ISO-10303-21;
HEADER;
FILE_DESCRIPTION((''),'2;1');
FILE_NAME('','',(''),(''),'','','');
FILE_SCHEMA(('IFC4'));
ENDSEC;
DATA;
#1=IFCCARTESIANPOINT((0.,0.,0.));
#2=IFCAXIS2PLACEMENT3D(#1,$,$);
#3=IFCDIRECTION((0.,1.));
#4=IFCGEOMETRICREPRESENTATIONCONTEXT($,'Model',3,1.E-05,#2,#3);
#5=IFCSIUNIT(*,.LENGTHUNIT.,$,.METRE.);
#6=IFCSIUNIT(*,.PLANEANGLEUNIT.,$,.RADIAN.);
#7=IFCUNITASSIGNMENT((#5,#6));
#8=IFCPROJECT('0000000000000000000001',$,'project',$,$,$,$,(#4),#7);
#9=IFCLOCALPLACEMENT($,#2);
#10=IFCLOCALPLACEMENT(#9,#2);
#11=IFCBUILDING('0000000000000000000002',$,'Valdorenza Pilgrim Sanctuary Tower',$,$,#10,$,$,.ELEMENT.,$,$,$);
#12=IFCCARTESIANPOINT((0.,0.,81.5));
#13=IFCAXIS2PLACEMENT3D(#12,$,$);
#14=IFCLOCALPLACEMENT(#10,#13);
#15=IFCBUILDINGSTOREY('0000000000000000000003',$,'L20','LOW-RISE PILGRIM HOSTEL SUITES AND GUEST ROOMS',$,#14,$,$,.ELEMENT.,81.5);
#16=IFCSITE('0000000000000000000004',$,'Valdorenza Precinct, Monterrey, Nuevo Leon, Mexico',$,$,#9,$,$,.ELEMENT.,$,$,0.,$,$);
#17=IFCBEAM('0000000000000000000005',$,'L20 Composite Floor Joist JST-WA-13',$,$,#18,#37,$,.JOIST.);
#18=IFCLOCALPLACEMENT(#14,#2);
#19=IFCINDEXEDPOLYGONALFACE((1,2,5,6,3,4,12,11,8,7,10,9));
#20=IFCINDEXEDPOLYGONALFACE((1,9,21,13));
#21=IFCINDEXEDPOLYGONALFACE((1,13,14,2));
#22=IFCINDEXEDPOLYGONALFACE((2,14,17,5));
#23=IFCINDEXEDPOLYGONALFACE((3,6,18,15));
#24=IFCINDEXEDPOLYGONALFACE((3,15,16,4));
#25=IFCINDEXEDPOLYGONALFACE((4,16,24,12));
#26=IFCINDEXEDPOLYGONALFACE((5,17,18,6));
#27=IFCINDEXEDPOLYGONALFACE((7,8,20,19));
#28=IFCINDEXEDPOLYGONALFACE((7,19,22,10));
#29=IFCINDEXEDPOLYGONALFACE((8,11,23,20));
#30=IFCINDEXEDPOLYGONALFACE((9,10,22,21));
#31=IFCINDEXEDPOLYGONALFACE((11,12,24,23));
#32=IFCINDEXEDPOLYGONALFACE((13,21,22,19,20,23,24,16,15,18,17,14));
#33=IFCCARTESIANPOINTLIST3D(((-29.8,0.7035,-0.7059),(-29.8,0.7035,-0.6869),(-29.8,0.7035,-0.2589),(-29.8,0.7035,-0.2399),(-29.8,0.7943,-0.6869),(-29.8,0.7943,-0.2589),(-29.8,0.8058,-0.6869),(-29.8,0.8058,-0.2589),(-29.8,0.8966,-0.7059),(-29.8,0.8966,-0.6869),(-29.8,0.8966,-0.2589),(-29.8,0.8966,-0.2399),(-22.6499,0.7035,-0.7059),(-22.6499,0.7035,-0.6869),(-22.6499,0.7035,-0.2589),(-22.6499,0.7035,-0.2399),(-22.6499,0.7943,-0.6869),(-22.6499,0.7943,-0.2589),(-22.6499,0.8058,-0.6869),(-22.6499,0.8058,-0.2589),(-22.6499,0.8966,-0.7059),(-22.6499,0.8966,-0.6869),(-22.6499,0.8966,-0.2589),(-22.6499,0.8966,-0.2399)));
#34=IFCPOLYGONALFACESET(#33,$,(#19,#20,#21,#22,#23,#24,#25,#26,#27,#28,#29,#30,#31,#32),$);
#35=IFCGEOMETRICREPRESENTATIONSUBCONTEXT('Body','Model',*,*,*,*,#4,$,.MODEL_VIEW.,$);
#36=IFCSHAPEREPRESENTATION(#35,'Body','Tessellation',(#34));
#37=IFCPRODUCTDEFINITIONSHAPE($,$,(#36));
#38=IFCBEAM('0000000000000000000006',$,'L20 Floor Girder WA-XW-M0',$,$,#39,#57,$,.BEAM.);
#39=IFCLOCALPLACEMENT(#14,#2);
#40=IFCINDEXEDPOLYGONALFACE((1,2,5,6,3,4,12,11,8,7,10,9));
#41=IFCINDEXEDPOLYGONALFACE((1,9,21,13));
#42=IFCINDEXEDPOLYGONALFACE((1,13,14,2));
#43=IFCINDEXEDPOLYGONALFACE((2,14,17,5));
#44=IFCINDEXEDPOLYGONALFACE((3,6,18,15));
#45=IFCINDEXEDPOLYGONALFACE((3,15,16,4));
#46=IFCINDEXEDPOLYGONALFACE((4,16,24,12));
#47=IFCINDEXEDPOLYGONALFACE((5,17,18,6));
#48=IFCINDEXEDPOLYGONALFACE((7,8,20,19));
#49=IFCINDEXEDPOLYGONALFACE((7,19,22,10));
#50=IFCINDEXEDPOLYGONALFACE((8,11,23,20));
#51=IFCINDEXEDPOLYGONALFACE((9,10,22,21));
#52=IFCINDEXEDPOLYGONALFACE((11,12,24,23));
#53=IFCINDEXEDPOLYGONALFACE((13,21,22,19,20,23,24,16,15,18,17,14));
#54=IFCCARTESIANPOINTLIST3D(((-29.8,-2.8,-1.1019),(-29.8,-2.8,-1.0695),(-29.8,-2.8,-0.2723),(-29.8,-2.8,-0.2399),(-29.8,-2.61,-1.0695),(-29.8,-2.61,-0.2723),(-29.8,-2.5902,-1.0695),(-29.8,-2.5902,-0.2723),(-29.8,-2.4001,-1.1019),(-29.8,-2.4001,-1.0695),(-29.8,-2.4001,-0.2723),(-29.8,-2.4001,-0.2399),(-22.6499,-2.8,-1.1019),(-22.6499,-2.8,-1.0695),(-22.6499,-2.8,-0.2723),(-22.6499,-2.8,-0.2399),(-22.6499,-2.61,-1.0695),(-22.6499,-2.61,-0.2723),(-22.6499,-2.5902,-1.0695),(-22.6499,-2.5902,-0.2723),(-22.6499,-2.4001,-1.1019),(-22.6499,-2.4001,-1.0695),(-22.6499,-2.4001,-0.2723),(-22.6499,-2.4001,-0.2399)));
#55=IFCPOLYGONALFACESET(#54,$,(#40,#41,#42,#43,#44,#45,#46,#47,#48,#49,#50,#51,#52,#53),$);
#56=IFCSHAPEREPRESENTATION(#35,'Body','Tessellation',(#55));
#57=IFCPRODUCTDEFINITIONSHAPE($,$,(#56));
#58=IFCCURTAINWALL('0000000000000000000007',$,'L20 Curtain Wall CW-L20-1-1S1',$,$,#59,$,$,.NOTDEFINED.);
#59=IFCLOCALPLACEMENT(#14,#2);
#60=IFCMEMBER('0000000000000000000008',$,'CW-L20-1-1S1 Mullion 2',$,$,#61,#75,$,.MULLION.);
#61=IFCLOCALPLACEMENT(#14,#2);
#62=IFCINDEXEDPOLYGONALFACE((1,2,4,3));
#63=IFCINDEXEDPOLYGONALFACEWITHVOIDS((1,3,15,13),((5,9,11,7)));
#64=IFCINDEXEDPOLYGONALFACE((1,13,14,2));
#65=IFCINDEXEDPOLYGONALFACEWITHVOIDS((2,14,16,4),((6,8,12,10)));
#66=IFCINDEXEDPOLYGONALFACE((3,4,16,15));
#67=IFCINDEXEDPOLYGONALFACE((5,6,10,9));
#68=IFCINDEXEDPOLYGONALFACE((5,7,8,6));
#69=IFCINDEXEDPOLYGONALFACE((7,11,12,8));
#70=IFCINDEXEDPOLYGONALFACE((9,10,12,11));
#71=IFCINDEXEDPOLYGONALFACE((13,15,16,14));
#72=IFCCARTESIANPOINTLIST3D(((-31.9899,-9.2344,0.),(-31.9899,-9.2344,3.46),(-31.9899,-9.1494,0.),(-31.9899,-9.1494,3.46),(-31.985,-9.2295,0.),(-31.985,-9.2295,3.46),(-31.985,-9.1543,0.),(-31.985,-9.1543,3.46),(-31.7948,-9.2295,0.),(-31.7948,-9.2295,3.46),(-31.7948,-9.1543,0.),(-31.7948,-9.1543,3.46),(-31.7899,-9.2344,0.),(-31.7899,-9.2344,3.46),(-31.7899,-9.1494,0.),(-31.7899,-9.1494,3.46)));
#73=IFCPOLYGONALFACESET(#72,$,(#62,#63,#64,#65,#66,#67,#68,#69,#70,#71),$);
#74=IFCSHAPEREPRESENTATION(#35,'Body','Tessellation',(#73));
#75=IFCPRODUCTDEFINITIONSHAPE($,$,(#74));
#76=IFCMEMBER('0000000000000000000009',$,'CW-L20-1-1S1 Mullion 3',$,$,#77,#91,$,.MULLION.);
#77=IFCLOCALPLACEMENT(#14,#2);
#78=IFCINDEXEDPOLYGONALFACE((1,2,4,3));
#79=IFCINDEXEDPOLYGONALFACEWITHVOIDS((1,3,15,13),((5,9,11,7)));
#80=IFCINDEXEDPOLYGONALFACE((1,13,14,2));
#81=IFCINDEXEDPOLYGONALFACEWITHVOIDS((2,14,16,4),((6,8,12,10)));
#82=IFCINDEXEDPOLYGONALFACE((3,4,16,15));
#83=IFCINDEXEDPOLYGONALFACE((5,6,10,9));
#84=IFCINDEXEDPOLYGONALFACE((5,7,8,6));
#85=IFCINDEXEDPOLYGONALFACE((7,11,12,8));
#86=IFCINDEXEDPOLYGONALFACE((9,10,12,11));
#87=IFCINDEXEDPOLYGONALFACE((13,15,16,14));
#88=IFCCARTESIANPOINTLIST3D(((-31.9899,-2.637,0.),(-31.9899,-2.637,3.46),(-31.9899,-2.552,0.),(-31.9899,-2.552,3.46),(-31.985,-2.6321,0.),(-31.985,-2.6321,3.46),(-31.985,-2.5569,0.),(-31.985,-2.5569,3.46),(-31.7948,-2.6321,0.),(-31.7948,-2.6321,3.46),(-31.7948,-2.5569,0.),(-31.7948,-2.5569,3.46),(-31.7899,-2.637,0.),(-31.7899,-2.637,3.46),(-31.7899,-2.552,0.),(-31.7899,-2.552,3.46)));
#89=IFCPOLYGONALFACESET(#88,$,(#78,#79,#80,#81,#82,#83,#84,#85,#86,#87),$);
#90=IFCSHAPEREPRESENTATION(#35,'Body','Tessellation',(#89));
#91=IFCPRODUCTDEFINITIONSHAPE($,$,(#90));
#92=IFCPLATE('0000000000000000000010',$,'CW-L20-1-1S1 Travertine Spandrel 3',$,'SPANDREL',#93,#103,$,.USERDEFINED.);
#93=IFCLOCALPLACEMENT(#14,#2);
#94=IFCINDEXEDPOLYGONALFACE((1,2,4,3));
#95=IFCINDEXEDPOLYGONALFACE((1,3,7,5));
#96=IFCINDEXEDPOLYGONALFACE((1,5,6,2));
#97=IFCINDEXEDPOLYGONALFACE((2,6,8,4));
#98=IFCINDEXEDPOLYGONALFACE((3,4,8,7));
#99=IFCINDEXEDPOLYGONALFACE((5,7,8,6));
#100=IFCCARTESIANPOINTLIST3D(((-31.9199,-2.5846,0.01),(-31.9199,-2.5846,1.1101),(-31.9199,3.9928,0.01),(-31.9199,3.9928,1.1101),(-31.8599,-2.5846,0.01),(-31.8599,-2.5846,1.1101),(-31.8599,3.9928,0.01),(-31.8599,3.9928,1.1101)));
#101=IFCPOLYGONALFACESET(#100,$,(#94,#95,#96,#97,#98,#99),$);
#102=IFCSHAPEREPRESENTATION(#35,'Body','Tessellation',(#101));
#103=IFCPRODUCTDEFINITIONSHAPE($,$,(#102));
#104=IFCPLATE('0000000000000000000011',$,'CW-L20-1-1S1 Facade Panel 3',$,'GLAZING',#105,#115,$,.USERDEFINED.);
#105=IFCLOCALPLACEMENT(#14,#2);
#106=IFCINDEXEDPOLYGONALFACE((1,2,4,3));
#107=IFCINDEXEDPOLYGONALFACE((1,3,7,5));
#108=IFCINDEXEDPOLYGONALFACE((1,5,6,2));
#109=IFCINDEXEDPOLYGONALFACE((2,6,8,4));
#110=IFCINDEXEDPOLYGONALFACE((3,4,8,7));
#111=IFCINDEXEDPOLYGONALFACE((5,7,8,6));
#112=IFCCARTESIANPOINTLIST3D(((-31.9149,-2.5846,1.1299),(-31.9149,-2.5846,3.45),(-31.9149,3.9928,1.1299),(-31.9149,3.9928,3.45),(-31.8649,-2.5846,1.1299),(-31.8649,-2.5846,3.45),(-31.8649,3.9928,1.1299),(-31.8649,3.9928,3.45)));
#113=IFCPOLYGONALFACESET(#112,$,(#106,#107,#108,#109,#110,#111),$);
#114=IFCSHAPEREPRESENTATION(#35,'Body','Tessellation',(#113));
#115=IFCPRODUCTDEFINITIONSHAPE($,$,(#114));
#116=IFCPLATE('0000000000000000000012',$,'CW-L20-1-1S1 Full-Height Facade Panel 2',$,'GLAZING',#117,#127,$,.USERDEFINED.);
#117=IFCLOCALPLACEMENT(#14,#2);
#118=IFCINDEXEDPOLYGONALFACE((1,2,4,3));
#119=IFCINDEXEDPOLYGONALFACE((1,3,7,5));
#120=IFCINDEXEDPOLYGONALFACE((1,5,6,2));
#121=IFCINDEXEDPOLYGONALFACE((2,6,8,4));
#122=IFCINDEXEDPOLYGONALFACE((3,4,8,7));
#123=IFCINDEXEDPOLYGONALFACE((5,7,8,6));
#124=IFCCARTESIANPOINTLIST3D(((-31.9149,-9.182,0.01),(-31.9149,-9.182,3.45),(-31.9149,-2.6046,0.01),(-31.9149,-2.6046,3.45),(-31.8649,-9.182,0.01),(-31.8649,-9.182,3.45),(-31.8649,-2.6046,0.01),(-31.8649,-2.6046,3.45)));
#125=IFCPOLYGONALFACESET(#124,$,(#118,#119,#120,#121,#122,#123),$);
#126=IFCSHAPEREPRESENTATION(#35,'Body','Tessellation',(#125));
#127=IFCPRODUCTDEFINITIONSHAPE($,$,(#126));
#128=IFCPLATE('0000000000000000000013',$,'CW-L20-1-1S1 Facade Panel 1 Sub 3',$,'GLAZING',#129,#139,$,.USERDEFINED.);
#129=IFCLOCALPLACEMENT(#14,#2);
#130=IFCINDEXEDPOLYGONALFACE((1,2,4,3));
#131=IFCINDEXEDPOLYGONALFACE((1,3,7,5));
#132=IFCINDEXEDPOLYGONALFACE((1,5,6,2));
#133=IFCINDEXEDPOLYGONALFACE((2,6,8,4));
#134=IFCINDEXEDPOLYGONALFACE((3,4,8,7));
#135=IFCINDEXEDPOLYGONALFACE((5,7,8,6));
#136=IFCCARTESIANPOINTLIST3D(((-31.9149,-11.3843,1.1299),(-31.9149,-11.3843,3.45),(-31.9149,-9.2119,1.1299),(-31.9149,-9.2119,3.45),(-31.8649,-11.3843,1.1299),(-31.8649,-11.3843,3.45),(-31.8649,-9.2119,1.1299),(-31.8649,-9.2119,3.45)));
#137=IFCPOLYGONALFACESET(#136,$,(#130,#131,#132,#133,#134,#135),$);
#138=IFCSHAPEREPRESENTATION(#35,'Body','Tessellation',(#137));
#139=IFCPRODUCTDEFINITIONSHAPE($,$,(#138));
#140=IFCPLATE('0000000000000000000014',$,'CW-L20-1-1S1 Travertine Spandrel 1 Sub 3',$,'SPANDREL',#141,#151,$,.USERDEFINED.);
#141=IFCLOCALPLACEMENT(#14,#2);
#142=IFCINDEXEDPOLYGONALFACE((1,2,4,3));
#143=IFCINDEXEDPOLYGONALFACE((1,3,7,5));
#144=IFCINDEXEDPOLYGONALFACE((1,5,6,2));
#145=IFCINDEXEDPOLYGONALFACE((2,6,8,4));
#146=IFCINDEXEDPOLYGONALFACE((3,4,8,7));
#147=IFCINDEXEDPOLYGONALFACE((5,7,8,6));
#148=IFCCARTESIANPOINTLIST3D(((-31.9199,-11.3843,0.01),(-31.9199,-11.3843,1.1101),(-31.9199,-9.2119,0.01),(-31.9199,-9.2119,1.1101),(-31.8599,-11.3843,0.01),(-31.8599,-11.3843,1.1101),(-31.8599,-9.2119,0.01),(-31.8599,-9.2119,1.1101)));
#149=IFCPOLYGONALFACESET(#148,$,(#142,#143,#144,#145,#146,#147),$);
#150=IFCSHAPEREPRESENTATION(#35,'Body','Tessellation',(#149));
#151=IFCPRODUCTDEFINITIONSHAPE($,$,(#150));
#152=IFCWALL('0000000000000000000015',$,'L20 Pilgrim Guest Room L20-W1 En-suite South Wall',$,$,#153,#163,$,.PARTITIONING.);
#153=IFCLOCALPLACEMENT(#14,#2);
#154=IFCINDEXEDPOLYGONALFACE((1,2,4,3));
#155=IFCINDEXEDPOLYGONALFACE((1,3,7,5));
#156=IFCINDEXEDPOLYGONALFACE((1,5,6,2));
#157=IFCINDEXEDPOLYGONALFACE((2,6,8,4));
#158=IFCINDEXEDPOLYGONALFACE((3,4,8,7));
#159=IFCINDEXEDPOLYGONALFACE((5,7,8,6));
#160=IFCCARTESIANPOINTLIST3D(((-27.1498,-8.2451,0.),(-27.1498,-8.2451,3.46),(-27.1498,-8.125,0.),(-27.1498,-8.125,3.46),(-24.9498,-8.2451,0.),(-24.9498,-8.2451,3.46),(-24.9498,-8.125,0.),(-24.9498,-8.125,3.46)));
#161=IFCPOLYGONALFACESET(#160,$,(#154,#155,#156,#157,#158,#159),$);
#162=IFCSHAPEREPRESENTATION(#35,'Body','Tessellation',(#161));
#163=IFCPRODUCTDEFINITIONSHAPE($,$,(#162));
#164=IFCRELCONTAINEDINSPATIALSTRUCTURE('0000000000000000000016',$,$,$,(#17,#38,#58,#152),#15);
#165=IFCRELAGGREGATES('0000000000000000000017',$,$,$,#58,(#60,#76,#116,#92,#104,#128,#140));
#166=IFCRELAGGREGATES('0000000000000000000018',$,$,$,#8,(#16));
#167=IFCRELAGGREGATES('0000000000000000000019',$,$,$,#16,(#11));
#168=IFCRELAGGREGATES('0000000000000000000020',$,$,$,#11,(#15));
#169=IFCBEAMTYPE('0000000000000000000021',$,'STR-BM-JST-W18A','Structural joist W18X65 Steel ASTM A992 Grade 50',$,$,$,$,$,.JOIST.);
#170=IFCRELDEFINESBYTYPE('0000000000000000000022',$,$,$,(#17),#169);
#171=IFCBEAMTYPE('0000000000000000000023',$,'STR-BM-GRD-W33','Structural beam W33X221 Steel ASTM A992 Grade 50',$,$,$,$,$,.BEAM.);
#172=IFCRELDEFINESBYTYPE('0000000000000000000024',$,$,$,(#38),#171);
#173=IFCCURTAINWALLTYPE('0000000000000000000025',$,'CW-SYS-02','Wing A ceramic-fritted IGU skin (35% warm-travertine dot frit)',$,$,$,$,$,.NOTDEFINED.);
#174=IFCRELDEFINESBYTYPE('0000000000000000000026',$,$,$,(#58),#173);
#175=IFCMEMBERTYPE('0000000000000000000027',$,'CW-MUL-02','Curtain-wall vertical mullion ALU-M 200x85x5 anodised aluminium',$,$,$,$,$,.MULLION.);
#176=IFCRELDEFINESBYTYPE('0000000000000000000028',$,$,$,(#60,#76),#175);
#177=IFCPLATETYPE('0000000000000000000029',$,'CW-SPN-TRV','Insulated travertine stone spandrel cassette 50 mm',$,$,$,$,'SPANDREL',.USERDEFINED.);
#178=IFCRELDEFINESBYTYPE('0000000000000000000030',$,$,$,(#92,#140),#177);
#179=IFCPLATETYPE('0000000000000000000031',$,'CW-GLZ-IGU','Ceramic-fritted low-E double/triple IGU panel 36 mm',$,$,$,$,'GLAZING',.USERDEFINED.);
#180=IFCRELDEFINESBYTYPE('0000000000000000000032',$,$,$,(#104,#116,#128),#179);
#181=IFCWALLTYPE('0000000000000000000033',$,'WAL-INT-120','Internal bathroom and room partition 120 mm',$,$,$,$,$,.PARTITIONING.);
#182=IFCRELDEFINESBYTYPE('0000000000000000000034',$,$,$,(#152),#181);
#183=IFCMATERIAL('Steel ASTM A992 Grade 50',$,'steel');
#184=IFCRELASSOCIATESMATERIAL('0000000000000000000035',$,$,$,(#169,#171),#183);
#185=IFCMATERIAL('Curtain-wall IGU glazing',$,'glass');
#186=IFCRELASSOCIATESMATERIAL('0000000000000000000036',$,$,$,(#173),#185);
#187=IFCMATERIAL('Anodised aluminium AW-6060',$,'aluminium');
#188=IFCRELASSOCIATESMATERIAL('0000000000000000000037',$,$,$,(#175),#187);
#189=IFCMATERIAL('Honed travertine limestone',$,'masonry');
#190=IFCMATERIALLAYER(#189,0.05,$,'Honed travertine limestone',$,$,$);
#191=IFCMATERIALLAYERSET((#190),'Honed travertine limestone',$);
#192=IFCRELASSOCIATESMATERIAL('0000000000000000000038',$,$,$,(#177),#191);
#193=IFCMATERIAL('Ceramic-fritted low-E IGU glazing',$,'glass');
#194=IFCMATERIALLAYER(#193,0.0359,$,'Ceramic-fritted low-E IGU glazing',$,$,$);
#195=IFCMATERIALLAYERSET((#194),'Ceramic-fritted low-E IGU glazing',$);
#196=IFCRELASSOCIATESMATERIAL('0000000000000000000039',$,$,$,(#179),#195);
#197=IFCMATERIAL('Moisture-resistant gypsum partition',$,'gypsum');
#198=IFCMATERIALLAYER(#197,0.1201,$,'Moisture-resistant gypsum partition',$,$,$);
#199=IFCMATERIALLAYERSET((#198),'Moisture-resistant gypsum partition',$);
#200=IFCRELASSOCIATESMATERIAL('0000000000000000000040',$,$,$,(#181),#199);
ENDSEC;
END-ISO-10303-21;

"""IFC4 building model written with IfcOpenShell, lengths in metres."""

from ifc_helpers import new_model, si_unit, direction, frame, frame_2d, origin, origin_2d, place, context, subcontext, project, spatial, rectangle, hollow_rectangle, i_section, extrude, source, transform, mapped, material, layer, layer_set, material_profile, profile_set, type_object, element, aggregate, save


model = new_model("IFC4")

# Units and contexts
model_context = context("Model", 3, precision=1e-05, world=origin(), true_north=direction((0.0, 1.0)))
body_context = subcontext(model_context, "Body", "Model", "MODEL_VIEW")
ifc_project = project(units=[si_unit("LENGTHUNIT", "METRE"), si_unit("PLANEANGLEUNIT", "RADIAN")], contexts=[model_context])

# Site, building, storey
site_placement = place(None, origin())
site = spatial("IfcSite", under=ifc_project, at=site_placement, Name="Valdorenza Precinct, Monterrey, Nuevo Leon, Mexico", CompositionType="ELEMENT", RefElevation=0.0)
building_placement = place(site_placement, origin())
building = spatial("IfcBuilding", under=site, at=building_placement, Name="Valdorenza Pilgrim Sanctuary Tower", CompositionType="ELEMENT")
storey_placement = place(building_placement, frame((0.0, 0.0, 81.5)))
storey = spatial("IfcBuildingStorey", under=building, at=storey_placement, Name="L20", Description="LOW-RISE PILGRIM HOSTEL SUITES AND GUEST ROOMS", CompositionType="ELEMENT", Elevation=81.5)

# Beams
ifc_material_1 = material(Name="Steel ASTM A992 Grade 50", Category="steel")
ifc_material_profile_1 = material_profile(ifc_material_1, i_section(OverallWidth=0.1931, OverallDepth=0.4661, WebThickness=0.0115, FlangeThickness=0.019, at=origin_2d()), Name="W18X65")
ifc_profile_set_1 = profile_set([ifc_material_profile_1], Name="Steel ASTM A992 Grade 50")
beam_type_1 = type_object("IfcBeamType", Name="STR-BM-JST-W18A", Description="Structural joist W18X65 Steel ASTM A992 Grade 50", PredefinedType="JOIST", material=ifc_profile_set_1)
shared_shape_1 = source(origin(), body_context, "Body", "SweptSolid", [
    extrude(i_section(OverallWidth=0.1931, OverallDepth=0.4661, WebThickness=0.0115, FlangeThickness=0.019, at=origin_2d()), origin(), (0.0, 0.0, 1.0), 7.1501),
])
for number, where, z_axis, x_axis, name in (
    (1, (-29.8, 0.8, -0.4729), (1.0, 0.0, 0.0), (0.0, 1.0, 0.0), "L20 Composite Floor Joist JST-WA-13"),
):
    element("IfcBeam", number, at=place(storey_placement, frame(where, z_axis=z_axis, x_axis=x_axis)), inside=storey, type_object=beam_type_1, Name=name, PredefinedType="JOIST", context=body_context, shape_type="MappedRepresentation", body=[
        mapped(shared_shape_1, transform((0.0, 0.0, 0.0), x_axis=(1.0, 0.0, 0.0), y_axis=(0.0, 1.0, 0.0), z_axis=(0.0, 0.0, 1.0), scale=1.0)),
    ])
ifc_material_profile_2 = material_profile(ifc_material_1, i_section(OverallWidth=0.3999, OverallDepth=0.8621, WebThickness=0.0198, FlangeThickness=0.0325, at=origin_2d()), Name="W33X221")
ifc_profile_set_2 = profile_set([ifc_material_profile_2], Name="Steel ASTM A992 Grade 50")
beam_type_2 = type_object("IfcBeamType", Name="STR-BM-GRD-W33", Description="Structural beam W33X221 Steel ASTM A992 Grade 50", PredefinedType="BEAM", material=ifc_profile_set_2)
shared_shape_2 = source(origin(), body_context, "Body", "SweptSolid", [
    extrude(i_section(OverallWidth=0.3999, OverallDepth=0.8621, WebThickness=0.0198, FlangeThickness=0.0325, at=origin_2d()), origin(), (0.0, 0.0, 1.0), 7.1501),
])
beam_1_placement = place(storey_placement, frame((-29.8, -2.6001, -0.6709), z_axis=(1.0, 0.0, 0.0), x_axis=(0.0, 1.0, 0.0)))
element("IfcBeam", 2, at=beam_1_placement, inside=storey, type_object=beam_type_2, Name="L20 Floor Girder WA-XW-M0", PredefinedType="BEAM", context=body_context, shape_type="MappedRepresentation", body=[
    mapped(shared_shape_2, transform((0.0, 0.0, 0.0), x_axis=(1.0, 0.0, 0.0), y_axis=(0.0, 1.0, 0.0), z_axis=(0.0, 0.0, 1.0), scale=1.0)),
])

# Curtain wall, members, plates
ifc_material_2 = material(Name="Curtain-wall IGU glazing", Category="glass")
curtain_wall_type = type_object("IfcCurtainWallType", Name="CW-SYS-02", Description="Wing A ceramic-fritted IGU skin (35% warm-travertine dot frit)", PredefinedType="NOTDEFINED", material=ifc_material_2)
curtain_wall_placement = place(storey_placement, origin())
curtain_wall = element("IfcCurtainWall", 3, at=curtain_wall_placement, inside=storey, type_object=curtain_wall_type, Name="L20 Curtain Wall CW-L20-1-1S1", PredefinedType="NOTDEFINED")
ifc_material_3 = material(Name="Anodised aluminium AW-6060", Category="aluminium")
ifc_material_profile_3 = material_profile(ifc_material_3, hollow_rectangle(XDim=0.085, YDim=0.2, WallThickness=0.0049, at=origin_2d()), Name="ALU-M 200x85x5")
ifc_profile_set_3 = profile_set([ifc_material_profile_3], Name="Anodised aluminium AW-6060")
member_type = type_object("IfcMemberType", Name="CW-MUL-02", Description="Curtain-wall vertical mullion ALU-M 200x85x5 anodised aluminium", PredefinedType="MULLION", material=ifc_profile_set_3)
shared_shape_3 = source(origin(), body_context, "Body", "SweptSolid", [
    extrude(hollow_rectangle(XDim=0.085, YDim=0.2, WallThickness=0.0049, at=origin_2d()), origin(), (0.0, 0.0, 1.0), 3.46),
])
member_1_placement = place(storey_placement, frame((-31.8899, -9.1919, 0.0), z_axis=(0.0, 0.0, 1.0), x_axis=(0.0, 1.0, 0.0)))
member_1 = element("IfcMember", 4, at=member_1_placement, type_object=member_type, Name="CW-L20-1-1S1 Mullion 2", PredefinedType="MULLION", context=body_context, shape_type="MappedRepresentation", body=[
    mapped(shared_shape_3, transform((0.0, 0.0, 0.0), x_axis=(1.0, 0.0, 0.0), y_axis=(0.0, 1.0, 0.0), z_axis=(0.0, 0.0, 1.0), scale=1.0)),
])
member_2_placement = place(storey_placement, frame((-31.8899, -2.5945, 0.0), z_axis=(0.0, 0.0, 1.0), x_axis=(0.0, 1.0, 0.0)))
member_2 = element("IfcMember", 5, at=member_2_placement, type_object=member_type, Name="CW-L20-1-1S1 Mullion 3", PredefinedType="MULLION", context=body_context, shape_type="MappedRepresentation", body=[
    mapped(shared_shape_3, transform((0.0, 0.0, 0.0), x_axis=(1.0, 0.0, 0.0), y_axis=(0.0, 1.0, 0.0), z_axis=(0.0, 0.0, 1.0), scale=1.0)),
])
ifc_material_4 = material(Name="Honed travertine limestone", Category="masonry")
ifc_layer_1 = layer(ifc_material_4, 0.05, Name="Honed travertine limestone")
ifc_layer_set_1 = layer_set([ifc_layer_1], Name="Honed travertine limestone")
plate_type_1 = type_object("IfcPlateType", Name="CW-SPN-TRV", Description="Insulated travertine stone spandrel cassette 50 mm", ElementType="SPANDREL", PredefinedType="USERDEFINED", material=ifc_layer_set_1)
shared_shape_4 = source(origin(), body_context, "Body", "SweptSolid", [
    extrude(rectangle(XDim=6.5774, YDim=0.0601, at=origin_2d()), origin(), (0.0, 0.0, 1.0), 1.1001),
])
plate_1_placement = place(storey_placement, frame((-31.8899, 0.7041, 0.01), z_axis=(0.0, 0.0, 1.0), x_axis=(0.0, 1.0, 0.0)))
plate_1 = element("IfcPlate", 6, at=plate_1_placement, type_object=plate_type_1, Name="CW-L20-1-1S1 Travertine Spandrel 3", ObjectType="SPANDREL", PredefinedType="USERDEFINED", context=body_context, shape_type="MappedRepresentation", body=[
    mapped(shared_shape_4, transform((0.0, 0.0, 0.0), x_axis=(1.0, 0.0, 0.0), y_axis=(0.0, 1.0, 0.0), z_axis=(0.0, 0.0, 1.0), scale=1.0)),
])
ifc_material_5 = material(Name="Ceramic-fritted low-E IGU glazing", Category="glass")
ifc_layer_2 = layer(ifc_material_5, 0.0359, Name="Ceramic-fritted low-E IGU glazing")
ifc_layer_set_2 = layer_set([ifc_layer_2], Name="Ceramic-fritted low-E IGU glazing")
plate_type_2 = type_object("IfcPlateType", Name="CW-GLZ-IGU", Description="Ceramic-fritted low-E double/triple IGU panel 36 mm", ElementType="GLAZING", PredefinedType="USERDEFINED", material=ifc_layer_set_2)
shared_shape_5 = source(origin(), body_context, "Body", "SweptSolid", [
    extrude(rectangle(XDim=6.5774, YDim=0.05, at=origin_2d()), origin(), (0.0, 0.0, 1.0), 2.3201),
])
plate_2_placement = place(storey_placement, frame((-31.8899, 0.7041, 1.1299), z_axis=(0.0, 0.0, 1.0), x_axis=(0.0, 1.0, 0.0)))
plate_2 = element("IfcPlate", 7, at=plate_2_placement, type_object=plate_type_2, Name="CW-L20-1-1S1 Facade Panel 3", ObjectType="GLAZING", PredefinedType="USERDEFINED", context=body_context, shape_type="MappedRepresentation", body=[
    mapped(shared_shape_5, transform((0.0, 0.0, 0.0), x_axis=(1.0, 0.0, 0.0), y_axis=(0.0, 1.0, 0.0), z_axis=(0.0, 0.0, 1.0), scale=1.0)),
])
shared_shape_6 = source(origin(), body_context, "Body", "SweptSolid", [
    extrude(rectangle(XDim=6.5774, YDim=0.05, at=origin_2d()), origin(), (0.0, 0.0, 1.0), 3.4399),
])
plate_3_placement = place(storey_placement, frame((-31.8899, -5.8933, 0.01), z_axis=(0.0, 0.0, 1.0), x_axis=(0.0, 1.0, 0.0)))
plate_3 = element("IfcPlate", 8, at=plate_3_placement, type_object=plate_type_2, Name="CW-L20-1-1S1 Full-Height Facade Panel 2", ObjectType="GLAZING", PredefinedType="USERDEFINED", context=body_context, shape_type="MappedRepresentation", body=[
    mapped(shared_shape_6, transform((0.0, 0.0, 0.0), x_axis=(1.0, 0.0, 0.0), y_axis=(0.0, 1.0, 0.0), z_axis=(0.0, 0.0, 1.0), scale=1.0)),
])
shared_shape_7 = source(origin(), body_context, "Body", "SweptSolid", [
    extrude(rectangle(XDim=2.1724, YDim=0.05, at=origin_2d()), origin(), (0.0, 0.0, 1.0), 2.3201),
])
plate_4_placement = place(storey_placement, frame((-31.8899, -10.2981, 1.1299), z_axis=(0.0, 0.0, 1.0), x_axis=(0.0, 1.0, 0.0)))
plate_4 = element("IfcPlate", 9, at=plate_4_placement, type_object=plate_type_2, Name="CW-L20-1-1S1 Facade Panel 1 Sub 3", ObjectType="GLAZING", PredefinedType="USERDEFINED", context=body_context, shape_type="MappedRepresentation", body=[
    mapped(shared_shape_7, transform((0.0, 0.0, 0.0), x_axis=(1.0, 0.0, 0.0), y_axis=(0.0, 1.0, 0.0), z_axis=(0.0, 0.0, 1.0), scale=1.0)),
])
shared_shape_8 = source(origin(), body_context, "Body", "SweptSolid", [
    extrude(rectangle(XDim=2.1724, YDim=0.0601, at=origin_2d()), origin(), (0.0, 0.0, 1.0), 1.1001),
])
plate_5_placement = place(storey_placement, frame((-31.8899, -10.2981, 0.01), z_axis=(0.0, 0.0, 1.0), x_axis=(0.0, 1.0, 0.0)))
plate_5 = element("IfcPlate", 10, at=plate_5_placement, type_object=plate_type_1, Name="CW-L20-1-1S1 Travertine Spandrel 1 Sub 3", ObjectType="SPANDREL", PredefinedType="USERDEFINED", context=body_context, shape_type="MappedRepresentation", body=[
    mapped(shared_shape_8, transform((0.0, 0.0, 0.0), x_axis=(1.0, 0.0, 0.0), y_axis=(0.0, 1.0, 0.0), z_axis=(0.0, 0.0, 1.0), scale=1.0)),
])
aggregate(curtain_wall, [member_1, member_2, plate_3, plate_1, plate_2, plate_4, plate_5])

# Wall
ifc_material_6 = material(Name="Moisture-resistant gypsum partition", Category="gypsum")
ifc_layer_3 = layer(ifc_material_6, 0.1201, Name="Moisture-resistant gypsum partition")
ifc_layer_set_3 = layer_set([ifc_layer_3], Name="Moisture-resistant gypsum partition")
wall_type_1 = type_object("IfcWallType", Name="WAL-INT-120", Description="Internal bathroom and room partition 120 mm", PredefinedType="PARTITIONING", material=ifc_layer_set_3)
wall_1_placement = place(storey_placement, frame((-27.1499, -8.1851, 0.0), z_axis=(0.0, 0.0, 1.0), x_axis=(1.0, 0.0, 0.0)))
element("IfcWall", 11, at=wall_1_placement, inside=storey, type_object=wall_type_1, Name="L20 Pilgrim Guest Room L20-W1 En-suite South Wall", PredefinedType="PARTITIONING", context=body_context, shape_type="SweptSolid", body=[
    extrude(rectangle(XDim=2.2, YDim=0.1201, at=frame_2d((1.1001, 0.0))), origin(), (0.0, 0.0, 1.0), 3.46),
])

save(model, "model.ifc")
